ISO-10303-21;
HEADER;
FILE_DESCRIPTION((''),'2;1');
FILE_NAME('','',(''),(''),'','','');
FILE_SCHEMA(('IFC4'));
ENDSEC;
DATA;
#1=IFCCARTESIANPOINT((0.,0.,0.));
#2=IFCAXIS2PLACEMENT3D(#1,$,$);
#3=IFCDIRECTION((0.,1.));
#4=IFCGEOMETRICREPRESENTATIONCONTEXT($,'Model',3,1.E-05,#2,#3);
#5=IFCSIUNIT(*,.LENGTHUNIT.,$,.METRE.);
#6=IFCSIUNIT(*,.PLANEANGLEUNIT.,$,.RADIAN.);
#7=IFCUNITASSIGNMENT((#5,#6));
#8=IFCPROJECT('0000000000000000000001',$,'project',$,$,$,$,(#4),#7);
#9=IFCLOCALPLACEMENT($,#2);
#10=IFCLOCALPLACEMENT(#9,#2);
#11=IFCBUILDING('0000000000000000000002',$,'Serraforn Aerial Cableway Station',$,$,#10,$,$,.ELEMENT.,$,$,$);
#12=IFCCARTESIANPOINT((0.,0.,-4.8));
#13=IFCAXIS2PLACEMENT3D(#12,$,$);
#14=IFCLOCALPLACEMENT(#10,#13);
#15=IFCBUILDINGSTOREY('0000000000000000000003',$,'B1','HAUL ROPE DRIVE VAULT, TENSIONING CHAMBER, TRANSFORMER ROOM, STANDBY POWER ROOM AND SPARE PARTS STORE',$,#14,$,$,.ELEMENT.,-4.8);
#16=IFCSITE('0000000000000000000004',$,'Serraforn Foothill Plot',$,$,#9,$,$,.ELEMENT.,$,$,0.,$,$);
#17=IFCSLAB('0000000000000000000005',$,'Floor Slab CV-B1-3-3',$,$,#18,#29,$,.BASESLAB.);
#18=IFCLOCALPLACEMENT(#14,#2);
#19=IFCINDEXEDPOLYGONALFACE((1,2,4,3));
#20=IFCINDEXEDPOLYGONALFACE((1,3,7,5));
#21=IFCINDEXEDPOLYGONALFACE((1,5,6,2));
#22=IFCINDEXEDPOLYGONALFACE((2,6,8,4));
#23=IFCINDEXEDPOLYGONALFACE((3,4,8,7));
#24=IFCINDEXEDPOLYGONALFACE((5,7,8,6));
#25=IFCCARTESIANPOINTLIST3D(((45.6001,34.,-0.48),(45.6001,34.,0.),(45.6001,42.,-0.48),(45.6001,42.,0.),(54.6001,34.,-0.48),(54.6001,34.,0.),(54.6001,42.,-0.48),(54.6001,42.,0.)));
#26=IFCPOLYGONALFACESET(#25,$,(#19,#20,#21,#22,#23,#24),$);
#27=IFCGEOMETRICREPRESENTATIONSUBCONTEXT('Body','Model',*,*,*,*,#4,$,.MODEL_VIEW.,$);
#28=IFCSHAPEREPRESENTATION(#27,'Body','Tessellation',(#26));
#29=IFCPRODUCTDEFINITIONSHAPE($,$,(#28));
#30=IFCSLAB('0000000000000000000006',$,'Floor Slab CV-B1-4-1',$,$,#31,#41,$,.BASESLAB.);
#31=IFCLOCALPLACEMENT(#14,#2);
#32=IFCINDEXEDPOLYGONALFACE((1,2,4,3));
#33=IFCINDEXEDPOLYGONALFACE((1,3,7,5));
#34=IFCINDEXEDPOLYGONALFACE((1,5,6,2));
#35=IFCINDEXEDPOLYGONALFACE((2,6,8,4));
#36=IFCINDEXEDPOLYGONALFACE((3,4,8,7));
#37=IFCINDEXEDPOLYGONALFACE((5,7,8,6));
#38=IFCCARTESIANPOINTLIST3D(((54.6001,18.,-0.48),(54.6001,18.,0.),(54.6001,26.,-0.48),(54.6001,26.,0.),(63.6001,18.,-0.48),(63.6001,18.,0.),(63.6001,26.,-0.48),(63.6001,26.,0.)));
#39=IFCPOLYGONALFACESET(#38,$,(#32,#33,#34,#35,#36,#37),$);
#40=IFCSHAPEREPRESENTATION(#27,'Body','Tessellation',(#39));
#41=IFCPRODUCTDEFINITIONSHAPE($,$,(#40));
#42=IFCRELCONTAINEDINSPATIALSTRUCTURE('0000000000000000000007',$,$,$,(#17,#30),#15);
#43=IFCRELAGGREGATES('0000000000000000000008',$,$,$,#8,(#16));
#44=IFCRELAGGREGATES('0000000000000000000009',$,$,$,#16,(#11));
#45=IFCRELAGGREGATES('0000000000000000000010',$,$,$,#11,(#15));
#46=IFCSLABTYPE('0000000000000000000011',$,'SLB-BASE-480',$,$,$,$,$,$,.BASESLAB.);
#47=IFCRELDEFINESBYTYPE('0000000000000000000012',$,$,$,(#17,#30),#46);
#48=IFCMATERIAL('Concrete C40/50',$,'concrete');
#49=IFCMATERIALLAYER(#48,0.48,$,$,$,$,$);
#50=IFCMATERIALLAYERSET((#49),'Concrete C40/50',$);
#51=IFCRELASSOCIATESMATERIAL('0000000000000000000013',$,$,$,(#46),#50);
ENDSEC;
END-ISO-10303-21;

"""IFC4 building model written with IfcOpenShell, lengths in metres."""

from ifc_helpers import new_model, si_unit, direction, frame, origin, place, context, subcontext, project, spatial, polyline, outline, extrude, material, layer, layer_set, type_object, element, save


model = new_model("IFC4")

# Units and contexts
model_context = context("Model", 3, precision=1e-05, world=origin(), true_north=direction((0.0, 1.0)))
body_context = subcontext(model_context, "Body", "Model", "MODEL_VIEW")
ifc_project = project(units=[si_unit("LENGTHUNIT", "METRE"), si_unit("PLANEANGLEUNIT", "RADIAN")], contexts=[model_context])

# Site, building, storey
site_placement = place(None, origin())
site = spatial("IfcSite", under=ifc_project, at=site_placement, Name="Serraforn Foothill Plot", CompositionType="ELEMENT", RefElevation=0.0)
building_placement = place(site_placement, origin())
building = spatial("IfcBuilding", under=site, at=building_placement, Name="Serraforn Aerial Cableway Station", CompositionType="ELEMENT")
storey_placement = place(building_placement, frame((0.0, 0.0, -4.8)))
storey = spatial("IfcBuildingStorey", under=building, at=storey_placement, Name="B1", Description="HAUL ROPE DRIVE VAULT, TENSIONING CHAMBER, TRANSFORMER ROOM, STANDBY POWER ROOM AND SPARE PARTS STORE", CompositionType="ELEMENT", Elevation=-4.8)

# Slabs
ifc_material_1 = material(Name="Concrete C40/50", Category="concrete")
ifc_layer = layer(ifc_material_1, 0.48)
ifc_layer_set = layer_set([ifc_layer], Name="Concrete C40/50")
slab_type = type_object("IfcSlabType", Name="SLB-BASE-480", PredefinedType="BASESLAB", material=ifc_layer_set)
slab_1_placement = place(storey_placement, frame((0.0, 0.0, -0.48)))
element("IfcSlab", 1, at=slab_1_placement, inside=storey, type_object=slab_type, Name="Floor Slab CV-B1-3-3", PredefinedType="BASESLAB", context=body_context, shape_type="SweptSolid", body=[
    extrude(outline(polyline([(45.6001, 34.0), (54.6001, 34.0), (54.6001, 42.0), (45.6001, 42.0), (45.6001, 34.0)])), origin(), (0.0, 0.0, 1.0), 0.48),
])
slab_2_placement = place(storey_placement, frame((0.0, 0.0, -0.48)))
element("IfcSlab", 2, at=slab_2_placement, inside=storey, type_object=slab_type, Name="Floor Slab CV-B1-4-1", PredefinedType="BASESLAB", context=body_context, shape_type="SweptSolid", body=[
    extrude(outline(polyline([(54.6001, 18.0), (63.6001, 18.0), (63.6001, 26.0), (54.6001, 26.0), (54.6001, 18.0)])), origin(), (0.0, 0.0, 1.0), 0.48),
])

save(model, "model.ifc")
